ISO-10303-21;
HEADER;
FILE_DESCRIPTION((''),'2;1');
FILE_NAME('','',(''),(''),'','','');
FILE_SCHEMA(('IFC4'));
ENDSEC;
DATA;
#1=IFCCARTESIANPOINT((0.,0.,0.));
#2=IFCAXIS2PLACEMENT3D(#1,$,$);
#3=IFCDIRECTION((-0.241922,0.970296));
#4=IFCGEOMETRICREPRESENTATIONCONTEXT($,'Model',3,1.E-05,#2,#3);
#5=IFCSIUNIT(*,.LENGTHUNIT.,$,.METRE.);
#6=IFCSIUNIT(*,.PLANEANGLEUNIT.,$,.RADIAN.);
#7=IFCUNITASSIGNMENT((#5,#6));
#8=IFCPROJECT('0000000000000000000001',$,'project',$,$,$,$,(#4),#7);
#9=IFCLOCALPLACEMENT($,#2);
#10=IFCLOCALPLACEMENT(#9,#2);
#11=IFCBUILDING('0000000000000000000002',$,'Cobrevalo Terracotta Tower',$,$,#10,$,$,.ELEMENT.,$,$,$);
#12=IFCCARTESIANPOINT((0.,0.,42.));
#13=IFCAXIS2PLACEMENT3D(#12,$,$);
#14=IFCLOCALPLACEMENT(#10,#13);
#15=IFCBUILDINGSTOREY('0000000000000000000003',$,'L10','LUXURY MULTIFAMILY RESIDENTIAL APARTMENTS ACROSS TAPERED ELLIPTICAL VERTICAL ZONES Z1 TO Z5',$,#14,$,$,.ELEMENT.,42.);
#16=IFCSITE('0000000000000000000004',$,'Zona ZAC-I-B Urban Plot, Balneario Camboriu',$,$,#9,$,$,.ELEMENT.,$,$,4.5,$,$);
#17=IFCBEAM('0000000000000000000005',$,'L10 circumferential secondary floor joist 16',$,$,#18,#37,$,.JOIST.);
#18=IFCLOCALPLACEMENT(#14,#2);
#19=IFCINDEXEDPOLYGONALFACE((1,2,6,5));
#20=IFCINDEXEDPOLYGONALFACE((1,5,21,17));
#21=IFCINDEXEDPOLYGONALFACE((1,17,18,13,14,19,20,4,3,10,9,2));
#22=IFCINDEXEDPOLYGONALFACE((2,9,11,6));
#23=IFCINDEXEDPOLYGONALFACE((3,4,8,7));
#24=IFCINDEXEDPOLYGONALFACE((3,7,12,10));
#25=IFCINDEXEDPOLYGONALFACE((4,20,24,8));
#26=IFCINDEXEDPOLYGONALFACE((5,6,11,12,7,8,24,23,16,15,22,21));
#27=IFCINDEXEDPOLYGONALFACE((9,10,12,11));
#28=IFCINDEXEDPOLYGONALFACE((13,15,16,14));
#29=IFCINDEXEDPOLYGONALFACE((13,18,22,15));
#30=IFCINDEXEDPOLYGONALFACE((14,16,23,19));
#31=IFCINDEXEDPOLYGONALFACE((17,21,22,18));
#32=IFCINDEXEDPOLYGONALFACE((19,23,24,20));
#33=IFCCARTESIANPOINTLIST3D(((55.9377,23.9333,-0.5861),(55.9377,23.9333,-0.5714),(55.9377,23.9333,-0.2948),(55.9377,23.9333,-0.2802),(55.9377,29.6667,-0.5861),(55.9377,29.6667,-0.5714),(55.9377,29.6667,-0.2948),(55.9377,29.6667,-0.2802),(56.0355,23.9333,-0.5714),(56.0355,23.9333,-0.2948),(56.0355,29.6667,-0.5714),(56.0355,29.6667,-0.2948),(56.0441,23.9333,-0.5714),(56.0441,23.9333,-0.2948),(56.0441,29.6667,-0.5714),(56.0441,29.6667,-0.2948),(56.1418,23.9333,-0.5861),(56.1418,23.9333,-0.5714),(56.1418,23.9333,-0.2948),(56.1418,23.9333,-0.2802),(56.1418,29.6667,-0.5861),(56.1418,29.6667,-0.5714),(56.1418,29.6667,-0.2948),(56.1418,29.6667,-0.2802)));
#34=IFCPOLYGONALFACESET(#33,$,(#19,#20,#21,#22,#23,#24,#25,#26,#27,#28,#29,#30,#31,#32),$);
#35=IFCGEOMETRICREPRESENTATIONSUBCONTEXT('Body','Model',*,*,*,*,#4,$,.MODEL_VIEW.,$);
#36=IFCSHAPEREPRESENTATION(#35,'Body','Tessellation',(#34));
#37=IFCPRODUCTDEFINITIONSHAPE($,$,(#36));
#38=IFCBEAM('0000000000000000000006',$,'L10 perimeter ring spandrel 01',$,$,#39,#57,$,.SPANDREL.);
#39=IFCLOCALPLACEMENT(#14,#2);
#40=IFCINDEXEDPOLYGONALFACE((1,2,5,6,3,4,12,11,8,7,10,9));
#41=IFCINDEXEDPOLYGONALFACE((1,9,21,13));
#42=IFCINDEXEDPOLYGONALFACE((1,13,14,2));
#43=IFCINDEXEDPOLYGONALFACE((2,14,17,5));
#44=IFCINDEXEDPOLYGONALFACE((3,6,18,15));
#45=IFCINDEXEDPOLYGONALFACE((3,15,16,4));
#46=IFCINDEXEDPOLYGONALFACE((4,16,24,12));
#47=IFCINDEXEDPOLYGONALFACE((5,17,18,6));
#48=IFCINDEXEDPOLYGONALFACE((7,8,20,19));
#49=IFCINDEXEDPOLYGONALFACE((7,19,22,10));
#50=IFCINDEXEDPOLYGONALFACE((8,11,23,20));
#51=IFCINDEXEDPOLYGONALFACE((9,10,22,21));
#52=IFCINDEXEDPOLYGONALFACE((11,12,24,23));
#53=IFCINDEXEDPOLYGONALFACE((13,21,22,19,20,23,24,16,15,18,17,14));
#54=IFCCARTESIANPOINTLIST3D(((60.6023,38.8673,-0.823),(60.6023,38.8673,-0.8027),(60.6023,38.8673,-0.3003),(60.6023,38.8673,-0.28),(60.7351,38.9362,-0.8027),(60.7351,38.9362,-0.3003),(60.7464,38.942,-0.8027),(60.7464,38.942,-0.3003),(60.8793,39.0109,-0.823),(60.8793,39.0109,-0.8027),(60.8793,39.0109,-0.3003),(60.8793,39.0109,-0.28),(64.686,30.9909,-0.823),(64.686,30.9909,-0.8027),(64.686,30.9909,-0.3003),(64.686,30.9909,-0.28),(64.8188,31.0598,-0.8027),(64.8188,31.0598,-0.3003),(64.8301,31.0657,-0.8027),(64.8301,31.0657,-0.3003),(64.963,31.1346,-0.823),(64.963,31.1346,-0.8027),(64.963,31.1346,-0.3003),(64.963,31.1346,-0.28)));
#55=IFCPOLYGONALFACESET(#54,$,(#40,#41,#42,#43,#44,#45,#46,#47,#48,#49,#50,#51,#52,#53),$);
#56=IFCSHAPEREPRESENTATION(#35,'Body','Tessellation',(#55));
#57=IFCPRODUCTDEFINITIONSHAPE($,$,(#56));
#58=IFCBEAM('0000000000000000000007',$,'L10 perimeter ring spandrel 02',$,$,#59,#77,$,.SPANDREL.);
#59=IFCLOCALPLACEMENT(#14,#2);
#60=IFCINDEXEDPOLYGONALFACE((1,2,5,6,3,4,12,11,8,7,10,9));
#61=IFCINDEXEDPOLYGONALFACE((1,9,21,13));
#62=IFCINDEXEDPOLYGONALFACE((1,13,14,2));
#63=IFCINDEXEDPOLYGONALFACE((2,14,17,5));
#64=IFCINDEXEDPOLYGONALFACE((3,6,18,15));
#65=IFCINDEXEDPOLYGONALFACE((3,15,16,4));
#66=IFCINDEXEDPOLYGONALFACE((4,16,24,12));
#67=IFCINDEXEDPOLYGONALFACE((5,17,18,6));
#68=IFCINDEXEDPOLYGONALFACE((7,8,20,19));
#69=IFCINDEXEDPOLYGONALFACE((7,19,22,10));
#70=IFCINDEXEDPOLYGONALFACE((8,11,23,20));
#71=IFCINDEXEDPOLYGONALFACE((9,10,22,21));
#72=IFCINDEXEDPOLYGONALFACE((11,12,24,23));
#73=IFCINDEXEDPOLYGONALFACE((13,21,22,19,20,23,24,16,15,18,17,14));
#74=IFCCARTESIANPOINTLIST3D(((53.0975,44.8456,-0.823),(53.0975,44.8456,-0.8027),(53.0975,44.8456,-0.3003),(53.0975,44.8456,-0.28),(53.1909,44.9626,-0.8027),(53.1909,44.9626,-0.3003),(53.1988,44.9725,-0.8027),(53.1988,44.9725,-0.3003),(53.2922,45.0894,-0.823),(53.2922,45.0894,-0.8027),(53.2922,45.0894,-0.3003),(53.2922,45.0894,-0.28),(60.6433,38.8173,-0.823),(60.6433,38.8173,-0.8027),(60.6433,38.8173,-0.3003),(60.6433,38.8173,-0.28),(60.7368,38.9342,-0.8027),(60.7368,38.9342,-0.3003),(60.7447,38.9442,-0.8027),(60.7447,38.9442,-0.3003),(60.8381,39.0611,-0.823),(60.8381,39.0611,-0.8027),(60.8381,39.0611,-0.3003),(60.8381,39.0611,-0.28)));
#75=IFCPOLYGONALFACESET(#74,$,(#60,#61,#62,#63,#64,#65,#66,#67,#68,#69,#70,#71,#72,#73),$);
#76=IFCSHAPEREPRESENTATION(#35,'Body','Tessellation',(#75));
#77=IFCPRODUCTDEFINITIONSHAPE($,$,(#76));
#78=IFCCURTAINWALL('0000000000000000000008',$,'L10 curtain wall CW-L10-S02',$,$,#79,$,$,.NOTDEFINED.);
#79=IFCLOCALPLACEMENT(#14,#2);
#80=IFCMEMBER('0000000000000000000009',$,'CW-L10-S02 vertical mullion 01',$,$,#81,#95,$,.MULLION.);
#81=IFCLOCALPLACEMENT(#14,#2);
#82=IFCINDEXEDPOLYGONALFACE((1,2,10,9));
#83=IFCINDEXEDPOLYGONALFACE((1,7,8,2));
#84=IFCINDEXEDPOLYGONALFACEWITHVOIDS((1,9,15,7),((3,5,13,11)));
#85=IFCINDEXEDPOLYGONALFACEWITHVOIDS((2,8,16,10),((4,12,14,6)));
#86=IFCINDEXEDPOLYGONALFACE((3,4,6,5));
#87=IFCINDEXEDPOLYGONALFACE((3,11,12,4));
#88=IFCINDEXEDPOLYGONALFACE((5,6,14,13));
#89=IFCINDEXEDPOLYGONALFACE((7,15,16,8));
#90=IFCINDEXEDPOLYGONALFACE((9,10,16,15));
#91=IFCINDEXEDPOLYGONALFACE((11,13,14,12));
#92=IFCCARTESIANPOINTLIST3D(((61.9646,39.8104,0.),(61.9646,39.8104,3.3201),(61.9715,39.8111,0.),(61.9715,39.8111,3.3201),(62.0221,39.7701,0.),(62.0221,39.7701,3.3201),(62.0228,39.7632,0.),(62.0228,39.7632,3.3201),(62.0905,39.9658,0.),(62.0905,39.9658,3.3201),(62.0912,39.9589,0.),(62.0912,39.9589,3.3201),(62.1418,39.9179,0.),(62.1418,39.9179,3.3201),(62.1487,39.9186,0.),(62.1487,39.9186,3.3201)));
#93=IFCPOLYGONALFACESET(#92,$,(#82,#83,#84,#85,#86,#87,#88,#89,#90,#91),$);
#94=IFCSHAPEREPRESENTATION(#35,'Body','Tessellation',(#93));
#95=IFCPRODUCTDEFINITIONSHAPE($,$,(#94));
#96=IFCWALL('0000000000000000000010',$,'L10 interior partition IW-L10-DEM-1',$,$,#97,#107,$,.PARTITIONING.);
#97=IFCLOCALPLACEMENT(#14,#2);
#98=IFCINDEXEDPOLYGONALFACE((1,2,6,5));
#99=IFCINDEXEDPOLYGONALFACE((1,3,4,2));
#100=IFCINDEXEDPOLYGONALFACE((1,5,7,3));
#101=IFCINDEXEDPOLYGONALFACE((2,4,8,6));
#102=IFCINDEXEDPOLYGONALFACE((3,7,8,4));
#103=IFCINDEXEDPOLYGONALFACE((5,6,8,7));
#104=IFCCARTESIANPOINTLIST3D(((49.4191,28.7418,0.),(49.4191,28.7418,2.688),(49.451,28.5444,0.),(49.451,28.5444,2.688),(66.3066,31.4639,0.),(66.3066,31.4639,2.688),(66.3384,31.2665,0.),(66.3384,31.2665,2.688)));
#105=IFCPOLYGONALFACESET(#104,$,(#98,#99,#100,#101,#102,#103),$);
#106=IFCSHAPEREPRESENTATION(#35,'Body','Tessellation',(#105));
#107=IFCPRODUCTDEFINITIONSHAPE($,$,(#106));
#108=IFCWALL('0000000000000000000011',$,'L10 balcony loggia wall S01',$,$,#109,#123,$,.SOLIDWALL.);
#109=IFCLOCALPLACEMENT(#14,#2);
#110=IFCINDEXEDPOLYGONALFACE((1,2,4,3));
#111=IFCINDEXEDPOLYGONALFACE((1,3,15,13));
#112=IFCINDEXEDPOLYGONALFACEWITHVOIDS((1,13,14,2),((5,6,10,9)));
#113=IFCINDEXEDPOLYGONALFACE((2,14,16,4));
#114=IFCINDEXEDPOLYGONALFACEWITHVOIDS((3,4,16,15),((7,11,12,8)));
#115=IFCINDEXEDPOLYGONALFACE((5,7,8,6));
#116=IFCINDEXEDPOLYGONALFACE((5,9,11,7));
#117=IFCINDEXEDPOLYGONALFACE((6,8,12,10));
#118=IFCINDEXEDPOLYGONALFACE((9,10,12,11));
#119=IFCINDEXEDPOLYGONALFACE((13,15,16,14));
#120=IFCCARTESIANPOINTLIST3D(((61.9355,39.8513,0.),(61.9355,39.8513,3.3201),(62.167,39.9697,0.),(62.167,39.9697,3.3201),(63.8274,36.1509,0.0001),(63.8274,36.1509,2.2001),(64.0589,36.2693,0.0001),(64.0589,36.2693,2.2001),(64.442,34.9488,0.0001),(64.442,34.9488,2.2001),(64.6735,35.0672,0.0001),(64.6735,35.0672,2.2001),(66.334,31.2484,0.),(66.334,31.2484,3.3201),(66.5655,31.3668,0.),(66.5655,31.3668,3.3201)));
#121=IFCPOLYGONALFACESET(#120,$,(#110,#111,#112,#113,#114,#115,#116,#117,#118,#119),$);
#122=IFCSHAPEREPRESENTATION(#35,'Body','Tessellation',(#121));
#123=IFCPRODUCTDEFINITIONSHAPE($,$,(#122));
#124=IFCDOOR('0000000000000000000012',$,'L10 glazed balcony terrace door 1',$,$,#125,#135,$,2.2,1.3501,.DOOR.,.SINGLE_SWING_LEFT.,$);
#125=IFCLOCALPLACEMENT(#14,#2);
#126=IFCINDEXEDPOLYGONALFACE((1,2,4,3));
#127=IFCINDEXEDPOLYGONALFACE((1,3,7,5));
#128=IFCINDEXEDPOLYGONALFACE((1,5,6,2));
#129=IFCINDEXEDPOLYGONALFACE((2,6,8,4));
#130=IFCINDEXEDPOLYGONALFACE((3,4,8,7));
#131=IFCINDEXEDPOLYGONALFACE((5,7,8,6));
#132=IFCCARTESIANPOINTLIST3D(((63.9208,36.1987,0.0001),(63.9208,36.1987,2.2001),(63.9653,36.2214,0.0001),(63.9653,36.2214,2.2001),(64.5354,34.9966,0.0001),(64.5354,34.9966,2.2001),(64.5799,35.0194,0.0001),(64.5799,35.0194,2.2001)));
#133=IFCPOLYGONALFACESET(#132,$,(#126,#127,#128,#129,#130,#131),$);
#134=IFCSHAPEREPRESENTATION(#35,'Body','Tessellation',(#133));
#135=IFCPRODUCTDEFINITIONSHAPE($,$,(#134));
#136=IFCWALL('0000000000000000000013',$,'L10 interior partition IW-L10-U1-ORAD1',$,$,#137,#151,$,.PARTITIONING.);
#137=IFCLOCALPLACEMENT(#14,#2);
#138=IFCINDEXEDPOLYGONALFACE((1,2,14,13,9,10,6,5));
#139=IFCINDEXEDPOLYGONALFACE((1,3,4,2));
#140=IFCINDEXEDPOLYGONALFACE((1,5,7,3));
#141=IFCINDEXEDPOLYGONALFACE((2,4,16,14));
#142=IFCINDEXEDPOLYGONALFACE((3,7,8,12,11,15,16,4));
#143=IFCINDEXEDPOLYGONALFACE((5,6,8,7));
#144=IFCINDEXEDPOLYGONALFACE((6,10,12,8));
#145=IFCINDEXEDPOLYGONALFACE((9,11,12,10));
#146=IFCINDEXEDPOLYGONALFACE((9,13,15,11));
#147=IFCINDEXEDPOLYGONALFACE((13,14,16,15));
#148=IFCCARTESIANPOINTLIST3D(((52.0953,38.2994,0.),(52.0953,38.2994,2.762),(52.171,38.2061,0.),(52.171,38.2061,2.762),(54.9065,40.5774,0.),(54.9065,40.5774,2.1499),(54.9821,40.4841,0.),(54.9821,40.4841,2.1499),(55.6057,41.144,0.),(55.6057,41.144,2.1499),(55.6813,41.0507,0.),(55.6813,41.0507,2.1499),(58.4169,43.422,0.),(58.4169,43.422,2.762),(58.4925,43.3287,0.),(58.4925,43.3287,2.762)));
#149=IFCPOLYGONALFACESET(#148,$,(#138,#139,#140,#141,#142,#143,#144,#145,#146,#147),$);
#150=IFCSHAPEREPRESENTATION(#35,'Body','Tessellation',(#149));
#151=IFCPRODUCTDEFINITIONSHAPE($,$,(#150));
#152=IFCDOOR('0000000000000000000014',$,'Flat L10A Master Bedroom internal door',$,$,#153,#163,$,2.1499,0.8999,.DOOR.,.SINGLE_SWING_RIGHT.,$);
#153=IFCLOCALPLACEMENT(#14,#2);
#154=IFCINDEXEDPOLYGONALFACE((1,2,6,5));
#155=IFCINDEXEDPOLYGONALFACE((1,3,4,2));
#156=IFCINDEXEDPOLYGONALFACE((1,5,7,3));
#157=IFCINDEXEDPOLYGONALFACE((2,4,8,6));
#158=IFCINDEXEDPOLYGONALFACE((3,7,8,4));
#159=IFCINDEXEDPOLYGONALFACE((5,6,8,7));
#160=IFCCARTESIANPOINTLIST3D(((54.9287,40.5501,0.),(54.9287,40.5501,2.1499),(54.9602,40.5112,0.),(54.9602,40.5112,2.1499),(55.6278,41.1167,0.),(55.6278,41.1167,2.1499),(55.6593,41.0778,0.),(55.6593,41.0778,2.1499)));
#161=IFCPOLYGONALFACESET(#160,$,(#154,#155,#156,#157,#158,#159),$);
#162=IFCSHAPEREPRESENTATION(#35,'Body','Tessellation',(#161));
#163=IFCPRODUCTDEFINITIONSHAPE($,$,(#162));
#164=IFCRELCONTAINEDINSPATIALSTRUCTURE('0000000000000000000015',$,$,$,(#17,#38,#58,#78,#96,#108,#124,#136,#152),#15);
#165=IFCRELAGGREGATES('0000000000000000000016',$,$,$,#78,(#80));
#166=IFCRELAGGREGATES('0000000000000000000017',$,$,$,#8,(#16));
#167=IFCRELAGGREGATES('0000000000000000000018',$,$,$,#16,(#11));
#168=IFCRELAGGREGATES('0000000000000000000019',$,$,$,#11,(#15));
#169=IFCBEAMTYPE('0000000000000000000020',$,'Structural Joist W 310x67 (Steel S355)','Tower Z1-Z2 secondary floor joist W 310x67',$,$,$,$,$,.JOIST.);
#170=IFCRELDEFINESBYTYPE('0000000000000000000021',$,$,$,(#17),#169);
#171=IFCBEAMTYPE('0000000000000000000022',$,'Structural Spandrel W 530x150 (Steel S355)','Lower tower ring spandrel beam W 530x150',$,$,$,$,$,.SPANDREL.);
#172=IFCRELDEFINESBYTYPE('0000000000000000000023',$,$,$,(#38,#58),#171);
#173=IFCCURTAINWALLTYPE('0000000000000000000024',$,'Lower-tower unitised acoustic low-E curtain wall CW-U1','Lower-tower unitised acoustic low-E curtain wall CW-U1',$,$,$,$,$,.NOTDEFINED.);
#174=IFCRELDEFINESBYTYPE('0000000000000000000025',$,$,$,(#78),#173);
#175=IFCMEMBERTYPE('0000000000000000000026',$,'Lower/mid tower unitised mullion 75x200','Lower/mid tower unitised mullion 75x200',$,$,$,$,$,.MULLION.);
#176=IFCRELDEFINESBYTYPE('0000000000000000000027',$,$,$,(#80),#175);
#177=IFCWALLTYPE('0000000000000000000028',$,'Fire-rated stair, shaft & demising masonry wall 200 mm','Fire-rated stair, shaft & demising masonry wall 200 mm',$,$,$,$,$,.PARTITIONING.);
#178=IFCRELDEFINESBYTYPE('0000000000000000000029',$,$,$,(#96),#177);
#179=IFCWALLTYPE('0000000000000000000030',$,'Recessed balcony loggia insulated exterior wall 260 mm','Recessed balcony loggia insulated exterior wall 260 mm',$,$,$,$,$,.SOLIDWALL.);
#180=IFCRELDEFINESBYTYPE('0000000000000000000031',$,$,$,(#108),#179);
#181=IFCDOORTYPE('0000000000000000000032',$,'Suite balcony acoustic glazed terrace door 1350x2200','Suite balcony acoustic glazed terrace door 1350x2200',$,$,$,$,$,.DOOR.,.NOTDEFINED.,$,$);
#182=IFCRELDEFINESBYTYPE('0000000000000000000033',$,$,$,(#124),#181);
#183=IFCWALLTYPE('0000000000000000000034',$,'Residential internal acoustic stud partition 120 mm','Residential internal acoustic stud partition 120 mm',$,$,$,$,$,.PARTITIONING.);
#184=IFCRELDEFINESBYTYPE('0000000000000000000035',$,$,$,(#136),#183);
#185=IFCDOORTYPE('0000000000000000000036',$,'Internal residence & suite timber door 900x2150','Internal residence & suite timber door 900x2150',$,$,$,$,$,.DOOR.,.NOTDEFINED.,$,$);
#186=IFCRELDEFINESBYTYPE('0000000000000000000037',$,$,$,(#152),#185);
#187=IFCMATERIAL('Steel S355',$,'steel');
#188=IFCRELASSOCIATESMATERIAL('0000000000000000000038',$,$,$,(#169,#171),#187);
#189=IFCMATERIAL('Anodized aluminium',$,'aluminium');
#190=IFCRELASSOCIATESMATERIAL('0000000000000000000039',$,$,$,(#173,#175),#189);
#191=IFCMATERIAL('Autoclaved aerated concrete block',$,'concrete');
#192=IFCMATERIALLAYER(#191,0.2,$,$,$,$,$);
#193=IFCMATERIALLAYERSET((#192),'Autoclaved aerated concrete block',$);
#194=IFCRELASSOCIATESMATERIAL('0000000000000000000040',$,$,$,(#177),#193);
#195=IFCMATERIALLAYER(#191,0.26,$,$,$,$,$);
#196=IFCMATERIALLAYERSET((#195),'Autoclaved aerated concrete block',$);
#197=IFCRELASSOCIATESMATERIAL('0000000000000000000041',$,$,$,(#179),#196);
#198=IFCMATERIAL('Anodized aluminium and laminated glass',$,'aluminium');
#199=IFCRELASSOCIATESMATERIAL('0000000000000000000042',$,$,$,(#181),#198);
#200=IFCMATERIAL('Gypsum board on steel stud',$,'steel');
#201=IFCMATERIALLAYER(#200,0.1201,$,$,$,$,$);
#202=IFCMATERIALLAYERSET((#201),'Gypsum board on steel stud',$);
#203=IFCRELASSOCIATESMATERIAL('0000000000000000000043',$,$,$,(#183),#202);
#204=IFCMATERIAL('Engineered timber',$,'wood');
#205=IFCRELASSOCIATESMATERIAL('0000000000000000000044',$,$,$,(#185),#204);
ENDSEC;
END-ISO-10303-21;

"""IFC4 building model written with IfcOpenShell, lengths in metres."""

from ifc_helpers import new_model, si_unit, direction, frame, frame_2d, origin, origin_2d, place, context, subcontext, project, spatial, rectangle, hollow_rectangle, i_section, extrude, source, transform, mapped, material, layer, layer_set, material_profile, profile_set, type_object, element, fill, aggregate, save


model = new_model("IFC4")

# Units and contexts
model_context = context("Model", 3, precision=1e-05, world=origin(), true_north=direction((-0.241922, 0.970296)))
body_context = subcontext(model_context, "Body", "Model", "MODEL_VIEW")
ifc_project = project(units=[si_unit("LENGTHUNIT", "METRE"), si_unit("PLANEANGLEUNIT", "RADIAN")], contexts=[model_context])

# Site, building, storey
site_placement = place(None, origin())
site = spatial("IfcSite", under=ifc_project, at=site_placement, Name="Zona ZAC-I-B Urban Plot, Balneario Camboriu", CompositionType="ELEMENT", RefElevation=4.5)
building_placement = place(site_placement, origin())
building = spatial("IfcBuilding", under=site, at=building_placement, Name="Cobrevalo Terracotta Tower", CompositionType="ELEMENT")
storey_placement = place(building_placement, frame((0.0, 0.0, 42.0)))
storey = spatial("IfcBuildingStorey", under=building, at=storey_placement, Name="L10", Description="LUXURY MULTIFAMILY RESIDENTIAL APARTMENTS ACROSS TAPERED ELLIPTICAL VERTICAL ZONES Z1 TO Z5", CompositionType="ELEMENT", Elevation=42.0)

# Shared definitions
ifc_material_1 = material(Name="Steel S355", Category="steel")

# Beams
ifc_material_profile_1 = material_profile(ifc_material_1, i_section(OverallWidth=0.2041, OverallDepth=0.3059, WebThickness=0.0085, FlangeThickness=0.0146, at=origin_2d()), Name="W 310x67")
ifc_profile_set_1 = profile_set([ifc_material_profile_1], Name="Steel S355")
beam_type_1 = type_object("IfcBeamType", Name="Structural Joist W 310x67 (Steel S355)", Description="Tower Z1-Z2 secondary floor joist W 310x67", PredefinedType="JOIST", material=ifc_profile_set_1)
beam_1_placement = place(storey_placement, frame((56.0398, 23.9333, -0.4331), z_axis=(0.0, 1.0, 0.0), x_axis=(-1.0, 0.0, 0.0)))
element("IfcBeam", 1, at=beam_1_placement, inside=storey, type_object=beam_type_1, Name="L10 circumferential secondary floor joist 16", PredefinedType="JOIST", context=body_context, shape_type="SweptSolid", body=[
    extrude(i_section(OverallWidth=0.2041, OverallDepth=0.3059, WebThickness=0.0085, FlangeThickness=0.0146, at=origin_2d()), origin(), (0.0, 0.0, 1.0), 5.7334),
])
ifc_material_profile_2 = material_profile(ifc_material_1, i_section(OverallWidth=0.312, OverallDepth=0.543, WebThickness=0.0127, FlangeThickness=0.0203, at=origin_2d()), Name="W 530x150")
ifc_profile_set_2 = profile_set([ifc_material_profile_2], Name="Steel S355")
beam_type_2 = type_object("IfcBeamType", Name="Structural Spandrel W 530x150 (Steel S355)", Description="Lower tower ring spandrel beam W 530x150", PredefinedType="SPANDREL", material=ifc_profile_set_2)
beam_2_placement = place(storey_placement, frame((64.8245, 31.0627, -0.5515), z_axis=(-0.460286, 0.887771, 0.0), x_axis=(-0.887771, -0.460286, 0.0)))
element("IfcBeam", 2, at=beam_2_placement, inside=storey, type_object=beam_type_2, Name="L10 perimeter ring spandrel 01", PredefinedType="SPANDREL", context=body_context, shape_type="SweptSolid", body=[
    extrude(i_section(OverallWidth=0.312, OverallDepth=0.543, WebThickness=0.0127, FlangeThickness=0.0203, at=origin_2d()), origin(), (0.0, 0.0, 1.0), 8.8721),
])
beam_3_placement = place(storey_placement, frame((60.7407, 38.9392, -0.5515), z_axis=(-0.781293, 0.624165, 0.0), x_axis=(-0.624165, -0.781293, 0.0)))
element("IfcBeam", 3, at=beam_3_placement, inside=storey, type_object=beam_type_2, Name="L10 perimeter ring spandrel 02", PredefinedType="SPANDREL", context=body_context, shape_type="SweptSolid", body=[
    extrude(i_section(OverallWidth=0.312, OverallDepth=0.543, WebThickness=0.0127, FlangeThickness=0.0203, at=origin_2d()), origin(), (0.0, 0.0, 1.0), 9.6582),
])

# Curtain wall, member
ifc_material_2 = material(Name="Anodized aluminium", Category="aluminium")
curtain_wall_type = type_object("IfcCurtainWallType", Name="Lower-tower unitised acoustic low-E curtain wall CW-U1", Description="Lower-tower unitised acoustic low-E curtain wall CW-U1", PredefinedType="NOTDEFINED", material=ifc_material_2)
curtain_wall_placement = place(storey_placement, origin())
curtain_wall = element("IfcCurtainWall", 4, at=curtain_wall_placement, inside=storey, type_object=curtain_wall_type, Name="L10 curtain wall CW-L10-S02", PredefinedType="NOTDEFINED")
ifc_material_profile_3 = material_profile(ifc_material_2, hollow_rectangle(XDim=0.075, YDim=0.2, WallThickness=0.0049, at=origin_2d()), Name="CWM 75x200")
ifc_profile_set_3 = profile_set([ifc_material_profile_3], Name="Anodized aluminium")
member_type = type_object("IfcMemberType", Name="Lower/mid tower unitised mullion 75x200", Description="Lower/mid tower unitised mullion 75x200", PredefinedType="MULLION", material=ifc_profile_set_3)
shared_shape_1 = source(origin(), body_context, "Body", "SweptSolid", [
    extrude(hollow_rectangle(XDim=0.075, YDim=0.2, WallThickness=0.0049, at=origin_2d()), origin(), (0.0, 0.0, 1.0), 3.3201),
])
member_placement = place(storey_placement, frame((62.0566, 39.8645, 0.0), z_axis=(0.0, 0.0, 1.0), x_axis=(-0.777003, 0.629497, 0.0)))
member = element("IfcMember", 5, at=member_placement, type_object=member_type, Name="CW-L10-S02 vertical mullion 01", PredefinedType="MULLION", context=body_context, shape_type="MappedRepresentation", body=[
    mapped(shared_shape_1, transform((0.0, 0.0, 0.0), scale=1.0)),
])
aggregate(curtain_wall, [member])

# Wall
ifc_material_3 = material(Name="Autoclaved aerated concrete block", Category="concrete")
ifc_layer_1 = layer(ifc_material_3, 0.2)
ifc_layer_set_1 = layer_set([ifc_layer_1], Name="Autoclaved aerated concrete block")
wall_type_1 = type_object("IfcWallType", Name="Fire-rated stair, shaft & demising masonry wall 200 mm", Description="Fire-rated stair, shaft & demising masonry wall 200 mm", PredefinedType="PARTITIONING", material=ifc_layer_set_1)
wall_1_placement = place(storey_placement, frame((49.4351, 28.6431, 0.0), z_axis=(0.0, 0.0, 1.0), x_axis=(0.987256, 0.15914, 0.0)))
element("IfcWall", 6, at=wall_1_placement, inside=storey, type_object=wall_type_1, Name="L10 interior partition IW-L10-DEM-1", PredefinedType="PARTITIONING", context=body_context, shape_type="SweptSolid", body=[
    extrude(rectangle(XDim=17.1055, YDim=0.2, at=frame_2d((8.5527, 0.0))), origin(), (0.0, 0.0, 1.0), 2.688),
])

# Walls, openings, doors
ifc_layer_2 = layer(ifc_material_3, 0.26)
ifc_layer_set_2 = layer_set([ifc_layer_2], Name="Autoclaved aerated concrete block")
wall_type_2 = type_object("IfcWallType", Name="Recessed balcony loggia insulated exterior wall 260 mm", Description="Recessed balcony loggia insulated exterior wall 260 mm", PredefinedType="SOLIDWALL", material=ifc_layer_set_2)
wall_2_placement = place(storey_placement, frame((66.4497, 31.3076, 0.0), z_axis=(0.0, 0.0, 1.0), x_axis=(-0.455231, 0.890373, 0.0)))
wall_2 = element("IfcWall", 7, at=wall_2_placement, inside=storey, type_object=wall_type_2, Name="L10 balcony loggia wall S01", PredefinedType="SOLIDWALL", context=body_context, shape_type="SweptSolid", body=[
    extrude(rectangle(XDim=9.6621, YDim=0.26, at=frame_2d((4.8311, 0.0))), origin(), (0.0, 0.0, 1.0), 3.3201),
])
opening_1_placement = place(wall_2_placement, frame((4.156, 0.0, 0.0)))
opening_1 = element("IfcOpeningElement", 8, at=opening_1_placement, cuts=wall_2, PredefinedType="OPENING", context=body_context, shape_type="SweptSolid", body=[
    extrude(rectangle(XDim=1.3501, YDim=2.2, at=frame_2d((0.675, 1.1001))), frame((0.0, 0.1401, 0.0), z_axis=(0.0, -1.0, 0.0), x_axis=(1.0, 0.0, 0.0)), (0.0, 0.0, 1.0), 0.28),
])
ifc_material_4 = material(Name="Anodized aluminium and laminated glass", Category="aluminium")
door_type_1 = type_object("IfcDoorType", Name="Suite balcony acoustic glazed terrace door 1350x2200", Description="Suite balcony acoustic glazed terrace door 1350x2200", OperationType="NOTDEFINED", PredefinedType="DOOR", material=ifc_material_4)
shared_shape_2 = source(origin(), body_context, "Body", "SweptSolid", [
    extrude(rectangle(XDim=1.3501, YDim=2.2, at=frame_2d((0.675, 1.1001))), frame((0.0, 0.0249, 0.0), z_axis=(0.0, -1.0, 0.0), x_axis=(1.0, 0.0, 0.0)), (0.0, 0.0, 1.0), 0.05),
])
door_1_placement = place(opening_1_placement, frame((1.3501, 0.0, 0.0), z_axis=(0.0, 0.0, 1.0), x_axis=(-1.0, 0.0, 0.0)))
door_1 = element("IfcDoor", 9, at=door_1_placement, inside=storey, type_object=door_type_1, Name="L10 glazed balcony terrace door 1", OperationType="SINGLE_SWING_LEFT", OverallHeight=2.2, OverallWidth=1.3501, PredefinedType="DOOR", context=body_context, shape_type="MappedRepresentation", body=[
    mapped(shared_shape_2, transform((0.0, 0.0, 0.0), scale=1.0)),
])
fill(opening_1, door_1)
ifc_material_5 = material(Name="Gypsum board on steel stud", Category="steel")
ifc_layer_3 = layer(ifc_material_5, 0.1201)
ifc_layer_set_3 = layer_set([ifc_layer_3], Name="Gypsum board on steel stud")
wall_type_3 = type_object("IfcWallType", Name="Residential internal acoustic stud partition 120 mm", Description="Residential internal acoustic stud partition 120 mm", PredefinedType="PARTITIONING", material=ifc_layer_set_3)
wall_3_placement = place(storey_placement, frame((52.1331, 38.2527, 0.0), z_axis=(0.0, 0.0, 1.0), x_axis=(0.776937, 0.629579, 0.0)))
wall_3 = element("IfcWall", 10, at=wall_3_placement, inside=storey, type_object=wall_type_3, Name="L10 interior partition IW-L10-U1-ORAD1", PredefinedType="PARTITIONING", context=body_context, shape_type="SweptSolid", body=[
    extrude(rectangle(XDim=8.1365, YDim=0.1201, at=frame_2d((4.0684, 0.0))), origin(), (0.0, 0.0, 1.0), 2.762),
])
opening_2_placement = place(wall_3_placement, frame((3.6184, 0.0, 0.0)))
opening_2 = element("IfcOpeningElement", 11, at=opening_2_placement, cuts=wall_3, PredefinedType="OPENING", context=body_context, shape_type="SweptSolid", body=[
    extrude(rectangle(XDim=0.8999, YDim=2.1499, at=frame_2d((0.45, 1.075))), frame((0.0, 0.0701, 0.0), z_axis=(0.0, -1.0, 0.0), x_axis=(1.0, 0.0, 0.0)), (0.0, 0.0, 1.0), 0.1401),
])
ifc_material_6 = material(Name="Engineered timber", Category="wood")
door_type_2 = type_object("IfcDoorType", Name="Internal residence & suite timber door 900x2150", Description="Internal residence & suite timber door 900x2150", OperationType="NOTDEFINED", PredefinedType="DOOR", material=ifc_material_6)
shared_shape_3 = source(origin(), body_context, "Body", "SweptSolid", [
    extrude(rectangle(XDim=0.8999, YDim=2.1499, at=frame_2d((0.45, 1.075))), frame((0.0, 0.0249, 0.0), z_axis=(0.0, -1.0, 0.0), x_axis=(1.0, 0.0, 0.0)), (0.0, 0.0, 1.0), 0.05),
])
door_2_placement = place(opening_2_placement, origin())
door_2 = element("IfcDoor", 12, at=door_2_placement, inside=storey, type_object=door_type_2, Name="Flat L10A Master Bedroom internal door", OperationType="SINGLE_SWING_RIGHT", OverallHeight=2.1499, OverallWidth=0.8999, PredefinedType="DOOR", context=body_context, shape_type="MappedRepresentation", body=[
    mapped(shared_shape_3, transform((0.0, 0.0, 0.0), scale=1.0)),
])
fill(opening_2, door_2)

save(model, "model.ifc")
